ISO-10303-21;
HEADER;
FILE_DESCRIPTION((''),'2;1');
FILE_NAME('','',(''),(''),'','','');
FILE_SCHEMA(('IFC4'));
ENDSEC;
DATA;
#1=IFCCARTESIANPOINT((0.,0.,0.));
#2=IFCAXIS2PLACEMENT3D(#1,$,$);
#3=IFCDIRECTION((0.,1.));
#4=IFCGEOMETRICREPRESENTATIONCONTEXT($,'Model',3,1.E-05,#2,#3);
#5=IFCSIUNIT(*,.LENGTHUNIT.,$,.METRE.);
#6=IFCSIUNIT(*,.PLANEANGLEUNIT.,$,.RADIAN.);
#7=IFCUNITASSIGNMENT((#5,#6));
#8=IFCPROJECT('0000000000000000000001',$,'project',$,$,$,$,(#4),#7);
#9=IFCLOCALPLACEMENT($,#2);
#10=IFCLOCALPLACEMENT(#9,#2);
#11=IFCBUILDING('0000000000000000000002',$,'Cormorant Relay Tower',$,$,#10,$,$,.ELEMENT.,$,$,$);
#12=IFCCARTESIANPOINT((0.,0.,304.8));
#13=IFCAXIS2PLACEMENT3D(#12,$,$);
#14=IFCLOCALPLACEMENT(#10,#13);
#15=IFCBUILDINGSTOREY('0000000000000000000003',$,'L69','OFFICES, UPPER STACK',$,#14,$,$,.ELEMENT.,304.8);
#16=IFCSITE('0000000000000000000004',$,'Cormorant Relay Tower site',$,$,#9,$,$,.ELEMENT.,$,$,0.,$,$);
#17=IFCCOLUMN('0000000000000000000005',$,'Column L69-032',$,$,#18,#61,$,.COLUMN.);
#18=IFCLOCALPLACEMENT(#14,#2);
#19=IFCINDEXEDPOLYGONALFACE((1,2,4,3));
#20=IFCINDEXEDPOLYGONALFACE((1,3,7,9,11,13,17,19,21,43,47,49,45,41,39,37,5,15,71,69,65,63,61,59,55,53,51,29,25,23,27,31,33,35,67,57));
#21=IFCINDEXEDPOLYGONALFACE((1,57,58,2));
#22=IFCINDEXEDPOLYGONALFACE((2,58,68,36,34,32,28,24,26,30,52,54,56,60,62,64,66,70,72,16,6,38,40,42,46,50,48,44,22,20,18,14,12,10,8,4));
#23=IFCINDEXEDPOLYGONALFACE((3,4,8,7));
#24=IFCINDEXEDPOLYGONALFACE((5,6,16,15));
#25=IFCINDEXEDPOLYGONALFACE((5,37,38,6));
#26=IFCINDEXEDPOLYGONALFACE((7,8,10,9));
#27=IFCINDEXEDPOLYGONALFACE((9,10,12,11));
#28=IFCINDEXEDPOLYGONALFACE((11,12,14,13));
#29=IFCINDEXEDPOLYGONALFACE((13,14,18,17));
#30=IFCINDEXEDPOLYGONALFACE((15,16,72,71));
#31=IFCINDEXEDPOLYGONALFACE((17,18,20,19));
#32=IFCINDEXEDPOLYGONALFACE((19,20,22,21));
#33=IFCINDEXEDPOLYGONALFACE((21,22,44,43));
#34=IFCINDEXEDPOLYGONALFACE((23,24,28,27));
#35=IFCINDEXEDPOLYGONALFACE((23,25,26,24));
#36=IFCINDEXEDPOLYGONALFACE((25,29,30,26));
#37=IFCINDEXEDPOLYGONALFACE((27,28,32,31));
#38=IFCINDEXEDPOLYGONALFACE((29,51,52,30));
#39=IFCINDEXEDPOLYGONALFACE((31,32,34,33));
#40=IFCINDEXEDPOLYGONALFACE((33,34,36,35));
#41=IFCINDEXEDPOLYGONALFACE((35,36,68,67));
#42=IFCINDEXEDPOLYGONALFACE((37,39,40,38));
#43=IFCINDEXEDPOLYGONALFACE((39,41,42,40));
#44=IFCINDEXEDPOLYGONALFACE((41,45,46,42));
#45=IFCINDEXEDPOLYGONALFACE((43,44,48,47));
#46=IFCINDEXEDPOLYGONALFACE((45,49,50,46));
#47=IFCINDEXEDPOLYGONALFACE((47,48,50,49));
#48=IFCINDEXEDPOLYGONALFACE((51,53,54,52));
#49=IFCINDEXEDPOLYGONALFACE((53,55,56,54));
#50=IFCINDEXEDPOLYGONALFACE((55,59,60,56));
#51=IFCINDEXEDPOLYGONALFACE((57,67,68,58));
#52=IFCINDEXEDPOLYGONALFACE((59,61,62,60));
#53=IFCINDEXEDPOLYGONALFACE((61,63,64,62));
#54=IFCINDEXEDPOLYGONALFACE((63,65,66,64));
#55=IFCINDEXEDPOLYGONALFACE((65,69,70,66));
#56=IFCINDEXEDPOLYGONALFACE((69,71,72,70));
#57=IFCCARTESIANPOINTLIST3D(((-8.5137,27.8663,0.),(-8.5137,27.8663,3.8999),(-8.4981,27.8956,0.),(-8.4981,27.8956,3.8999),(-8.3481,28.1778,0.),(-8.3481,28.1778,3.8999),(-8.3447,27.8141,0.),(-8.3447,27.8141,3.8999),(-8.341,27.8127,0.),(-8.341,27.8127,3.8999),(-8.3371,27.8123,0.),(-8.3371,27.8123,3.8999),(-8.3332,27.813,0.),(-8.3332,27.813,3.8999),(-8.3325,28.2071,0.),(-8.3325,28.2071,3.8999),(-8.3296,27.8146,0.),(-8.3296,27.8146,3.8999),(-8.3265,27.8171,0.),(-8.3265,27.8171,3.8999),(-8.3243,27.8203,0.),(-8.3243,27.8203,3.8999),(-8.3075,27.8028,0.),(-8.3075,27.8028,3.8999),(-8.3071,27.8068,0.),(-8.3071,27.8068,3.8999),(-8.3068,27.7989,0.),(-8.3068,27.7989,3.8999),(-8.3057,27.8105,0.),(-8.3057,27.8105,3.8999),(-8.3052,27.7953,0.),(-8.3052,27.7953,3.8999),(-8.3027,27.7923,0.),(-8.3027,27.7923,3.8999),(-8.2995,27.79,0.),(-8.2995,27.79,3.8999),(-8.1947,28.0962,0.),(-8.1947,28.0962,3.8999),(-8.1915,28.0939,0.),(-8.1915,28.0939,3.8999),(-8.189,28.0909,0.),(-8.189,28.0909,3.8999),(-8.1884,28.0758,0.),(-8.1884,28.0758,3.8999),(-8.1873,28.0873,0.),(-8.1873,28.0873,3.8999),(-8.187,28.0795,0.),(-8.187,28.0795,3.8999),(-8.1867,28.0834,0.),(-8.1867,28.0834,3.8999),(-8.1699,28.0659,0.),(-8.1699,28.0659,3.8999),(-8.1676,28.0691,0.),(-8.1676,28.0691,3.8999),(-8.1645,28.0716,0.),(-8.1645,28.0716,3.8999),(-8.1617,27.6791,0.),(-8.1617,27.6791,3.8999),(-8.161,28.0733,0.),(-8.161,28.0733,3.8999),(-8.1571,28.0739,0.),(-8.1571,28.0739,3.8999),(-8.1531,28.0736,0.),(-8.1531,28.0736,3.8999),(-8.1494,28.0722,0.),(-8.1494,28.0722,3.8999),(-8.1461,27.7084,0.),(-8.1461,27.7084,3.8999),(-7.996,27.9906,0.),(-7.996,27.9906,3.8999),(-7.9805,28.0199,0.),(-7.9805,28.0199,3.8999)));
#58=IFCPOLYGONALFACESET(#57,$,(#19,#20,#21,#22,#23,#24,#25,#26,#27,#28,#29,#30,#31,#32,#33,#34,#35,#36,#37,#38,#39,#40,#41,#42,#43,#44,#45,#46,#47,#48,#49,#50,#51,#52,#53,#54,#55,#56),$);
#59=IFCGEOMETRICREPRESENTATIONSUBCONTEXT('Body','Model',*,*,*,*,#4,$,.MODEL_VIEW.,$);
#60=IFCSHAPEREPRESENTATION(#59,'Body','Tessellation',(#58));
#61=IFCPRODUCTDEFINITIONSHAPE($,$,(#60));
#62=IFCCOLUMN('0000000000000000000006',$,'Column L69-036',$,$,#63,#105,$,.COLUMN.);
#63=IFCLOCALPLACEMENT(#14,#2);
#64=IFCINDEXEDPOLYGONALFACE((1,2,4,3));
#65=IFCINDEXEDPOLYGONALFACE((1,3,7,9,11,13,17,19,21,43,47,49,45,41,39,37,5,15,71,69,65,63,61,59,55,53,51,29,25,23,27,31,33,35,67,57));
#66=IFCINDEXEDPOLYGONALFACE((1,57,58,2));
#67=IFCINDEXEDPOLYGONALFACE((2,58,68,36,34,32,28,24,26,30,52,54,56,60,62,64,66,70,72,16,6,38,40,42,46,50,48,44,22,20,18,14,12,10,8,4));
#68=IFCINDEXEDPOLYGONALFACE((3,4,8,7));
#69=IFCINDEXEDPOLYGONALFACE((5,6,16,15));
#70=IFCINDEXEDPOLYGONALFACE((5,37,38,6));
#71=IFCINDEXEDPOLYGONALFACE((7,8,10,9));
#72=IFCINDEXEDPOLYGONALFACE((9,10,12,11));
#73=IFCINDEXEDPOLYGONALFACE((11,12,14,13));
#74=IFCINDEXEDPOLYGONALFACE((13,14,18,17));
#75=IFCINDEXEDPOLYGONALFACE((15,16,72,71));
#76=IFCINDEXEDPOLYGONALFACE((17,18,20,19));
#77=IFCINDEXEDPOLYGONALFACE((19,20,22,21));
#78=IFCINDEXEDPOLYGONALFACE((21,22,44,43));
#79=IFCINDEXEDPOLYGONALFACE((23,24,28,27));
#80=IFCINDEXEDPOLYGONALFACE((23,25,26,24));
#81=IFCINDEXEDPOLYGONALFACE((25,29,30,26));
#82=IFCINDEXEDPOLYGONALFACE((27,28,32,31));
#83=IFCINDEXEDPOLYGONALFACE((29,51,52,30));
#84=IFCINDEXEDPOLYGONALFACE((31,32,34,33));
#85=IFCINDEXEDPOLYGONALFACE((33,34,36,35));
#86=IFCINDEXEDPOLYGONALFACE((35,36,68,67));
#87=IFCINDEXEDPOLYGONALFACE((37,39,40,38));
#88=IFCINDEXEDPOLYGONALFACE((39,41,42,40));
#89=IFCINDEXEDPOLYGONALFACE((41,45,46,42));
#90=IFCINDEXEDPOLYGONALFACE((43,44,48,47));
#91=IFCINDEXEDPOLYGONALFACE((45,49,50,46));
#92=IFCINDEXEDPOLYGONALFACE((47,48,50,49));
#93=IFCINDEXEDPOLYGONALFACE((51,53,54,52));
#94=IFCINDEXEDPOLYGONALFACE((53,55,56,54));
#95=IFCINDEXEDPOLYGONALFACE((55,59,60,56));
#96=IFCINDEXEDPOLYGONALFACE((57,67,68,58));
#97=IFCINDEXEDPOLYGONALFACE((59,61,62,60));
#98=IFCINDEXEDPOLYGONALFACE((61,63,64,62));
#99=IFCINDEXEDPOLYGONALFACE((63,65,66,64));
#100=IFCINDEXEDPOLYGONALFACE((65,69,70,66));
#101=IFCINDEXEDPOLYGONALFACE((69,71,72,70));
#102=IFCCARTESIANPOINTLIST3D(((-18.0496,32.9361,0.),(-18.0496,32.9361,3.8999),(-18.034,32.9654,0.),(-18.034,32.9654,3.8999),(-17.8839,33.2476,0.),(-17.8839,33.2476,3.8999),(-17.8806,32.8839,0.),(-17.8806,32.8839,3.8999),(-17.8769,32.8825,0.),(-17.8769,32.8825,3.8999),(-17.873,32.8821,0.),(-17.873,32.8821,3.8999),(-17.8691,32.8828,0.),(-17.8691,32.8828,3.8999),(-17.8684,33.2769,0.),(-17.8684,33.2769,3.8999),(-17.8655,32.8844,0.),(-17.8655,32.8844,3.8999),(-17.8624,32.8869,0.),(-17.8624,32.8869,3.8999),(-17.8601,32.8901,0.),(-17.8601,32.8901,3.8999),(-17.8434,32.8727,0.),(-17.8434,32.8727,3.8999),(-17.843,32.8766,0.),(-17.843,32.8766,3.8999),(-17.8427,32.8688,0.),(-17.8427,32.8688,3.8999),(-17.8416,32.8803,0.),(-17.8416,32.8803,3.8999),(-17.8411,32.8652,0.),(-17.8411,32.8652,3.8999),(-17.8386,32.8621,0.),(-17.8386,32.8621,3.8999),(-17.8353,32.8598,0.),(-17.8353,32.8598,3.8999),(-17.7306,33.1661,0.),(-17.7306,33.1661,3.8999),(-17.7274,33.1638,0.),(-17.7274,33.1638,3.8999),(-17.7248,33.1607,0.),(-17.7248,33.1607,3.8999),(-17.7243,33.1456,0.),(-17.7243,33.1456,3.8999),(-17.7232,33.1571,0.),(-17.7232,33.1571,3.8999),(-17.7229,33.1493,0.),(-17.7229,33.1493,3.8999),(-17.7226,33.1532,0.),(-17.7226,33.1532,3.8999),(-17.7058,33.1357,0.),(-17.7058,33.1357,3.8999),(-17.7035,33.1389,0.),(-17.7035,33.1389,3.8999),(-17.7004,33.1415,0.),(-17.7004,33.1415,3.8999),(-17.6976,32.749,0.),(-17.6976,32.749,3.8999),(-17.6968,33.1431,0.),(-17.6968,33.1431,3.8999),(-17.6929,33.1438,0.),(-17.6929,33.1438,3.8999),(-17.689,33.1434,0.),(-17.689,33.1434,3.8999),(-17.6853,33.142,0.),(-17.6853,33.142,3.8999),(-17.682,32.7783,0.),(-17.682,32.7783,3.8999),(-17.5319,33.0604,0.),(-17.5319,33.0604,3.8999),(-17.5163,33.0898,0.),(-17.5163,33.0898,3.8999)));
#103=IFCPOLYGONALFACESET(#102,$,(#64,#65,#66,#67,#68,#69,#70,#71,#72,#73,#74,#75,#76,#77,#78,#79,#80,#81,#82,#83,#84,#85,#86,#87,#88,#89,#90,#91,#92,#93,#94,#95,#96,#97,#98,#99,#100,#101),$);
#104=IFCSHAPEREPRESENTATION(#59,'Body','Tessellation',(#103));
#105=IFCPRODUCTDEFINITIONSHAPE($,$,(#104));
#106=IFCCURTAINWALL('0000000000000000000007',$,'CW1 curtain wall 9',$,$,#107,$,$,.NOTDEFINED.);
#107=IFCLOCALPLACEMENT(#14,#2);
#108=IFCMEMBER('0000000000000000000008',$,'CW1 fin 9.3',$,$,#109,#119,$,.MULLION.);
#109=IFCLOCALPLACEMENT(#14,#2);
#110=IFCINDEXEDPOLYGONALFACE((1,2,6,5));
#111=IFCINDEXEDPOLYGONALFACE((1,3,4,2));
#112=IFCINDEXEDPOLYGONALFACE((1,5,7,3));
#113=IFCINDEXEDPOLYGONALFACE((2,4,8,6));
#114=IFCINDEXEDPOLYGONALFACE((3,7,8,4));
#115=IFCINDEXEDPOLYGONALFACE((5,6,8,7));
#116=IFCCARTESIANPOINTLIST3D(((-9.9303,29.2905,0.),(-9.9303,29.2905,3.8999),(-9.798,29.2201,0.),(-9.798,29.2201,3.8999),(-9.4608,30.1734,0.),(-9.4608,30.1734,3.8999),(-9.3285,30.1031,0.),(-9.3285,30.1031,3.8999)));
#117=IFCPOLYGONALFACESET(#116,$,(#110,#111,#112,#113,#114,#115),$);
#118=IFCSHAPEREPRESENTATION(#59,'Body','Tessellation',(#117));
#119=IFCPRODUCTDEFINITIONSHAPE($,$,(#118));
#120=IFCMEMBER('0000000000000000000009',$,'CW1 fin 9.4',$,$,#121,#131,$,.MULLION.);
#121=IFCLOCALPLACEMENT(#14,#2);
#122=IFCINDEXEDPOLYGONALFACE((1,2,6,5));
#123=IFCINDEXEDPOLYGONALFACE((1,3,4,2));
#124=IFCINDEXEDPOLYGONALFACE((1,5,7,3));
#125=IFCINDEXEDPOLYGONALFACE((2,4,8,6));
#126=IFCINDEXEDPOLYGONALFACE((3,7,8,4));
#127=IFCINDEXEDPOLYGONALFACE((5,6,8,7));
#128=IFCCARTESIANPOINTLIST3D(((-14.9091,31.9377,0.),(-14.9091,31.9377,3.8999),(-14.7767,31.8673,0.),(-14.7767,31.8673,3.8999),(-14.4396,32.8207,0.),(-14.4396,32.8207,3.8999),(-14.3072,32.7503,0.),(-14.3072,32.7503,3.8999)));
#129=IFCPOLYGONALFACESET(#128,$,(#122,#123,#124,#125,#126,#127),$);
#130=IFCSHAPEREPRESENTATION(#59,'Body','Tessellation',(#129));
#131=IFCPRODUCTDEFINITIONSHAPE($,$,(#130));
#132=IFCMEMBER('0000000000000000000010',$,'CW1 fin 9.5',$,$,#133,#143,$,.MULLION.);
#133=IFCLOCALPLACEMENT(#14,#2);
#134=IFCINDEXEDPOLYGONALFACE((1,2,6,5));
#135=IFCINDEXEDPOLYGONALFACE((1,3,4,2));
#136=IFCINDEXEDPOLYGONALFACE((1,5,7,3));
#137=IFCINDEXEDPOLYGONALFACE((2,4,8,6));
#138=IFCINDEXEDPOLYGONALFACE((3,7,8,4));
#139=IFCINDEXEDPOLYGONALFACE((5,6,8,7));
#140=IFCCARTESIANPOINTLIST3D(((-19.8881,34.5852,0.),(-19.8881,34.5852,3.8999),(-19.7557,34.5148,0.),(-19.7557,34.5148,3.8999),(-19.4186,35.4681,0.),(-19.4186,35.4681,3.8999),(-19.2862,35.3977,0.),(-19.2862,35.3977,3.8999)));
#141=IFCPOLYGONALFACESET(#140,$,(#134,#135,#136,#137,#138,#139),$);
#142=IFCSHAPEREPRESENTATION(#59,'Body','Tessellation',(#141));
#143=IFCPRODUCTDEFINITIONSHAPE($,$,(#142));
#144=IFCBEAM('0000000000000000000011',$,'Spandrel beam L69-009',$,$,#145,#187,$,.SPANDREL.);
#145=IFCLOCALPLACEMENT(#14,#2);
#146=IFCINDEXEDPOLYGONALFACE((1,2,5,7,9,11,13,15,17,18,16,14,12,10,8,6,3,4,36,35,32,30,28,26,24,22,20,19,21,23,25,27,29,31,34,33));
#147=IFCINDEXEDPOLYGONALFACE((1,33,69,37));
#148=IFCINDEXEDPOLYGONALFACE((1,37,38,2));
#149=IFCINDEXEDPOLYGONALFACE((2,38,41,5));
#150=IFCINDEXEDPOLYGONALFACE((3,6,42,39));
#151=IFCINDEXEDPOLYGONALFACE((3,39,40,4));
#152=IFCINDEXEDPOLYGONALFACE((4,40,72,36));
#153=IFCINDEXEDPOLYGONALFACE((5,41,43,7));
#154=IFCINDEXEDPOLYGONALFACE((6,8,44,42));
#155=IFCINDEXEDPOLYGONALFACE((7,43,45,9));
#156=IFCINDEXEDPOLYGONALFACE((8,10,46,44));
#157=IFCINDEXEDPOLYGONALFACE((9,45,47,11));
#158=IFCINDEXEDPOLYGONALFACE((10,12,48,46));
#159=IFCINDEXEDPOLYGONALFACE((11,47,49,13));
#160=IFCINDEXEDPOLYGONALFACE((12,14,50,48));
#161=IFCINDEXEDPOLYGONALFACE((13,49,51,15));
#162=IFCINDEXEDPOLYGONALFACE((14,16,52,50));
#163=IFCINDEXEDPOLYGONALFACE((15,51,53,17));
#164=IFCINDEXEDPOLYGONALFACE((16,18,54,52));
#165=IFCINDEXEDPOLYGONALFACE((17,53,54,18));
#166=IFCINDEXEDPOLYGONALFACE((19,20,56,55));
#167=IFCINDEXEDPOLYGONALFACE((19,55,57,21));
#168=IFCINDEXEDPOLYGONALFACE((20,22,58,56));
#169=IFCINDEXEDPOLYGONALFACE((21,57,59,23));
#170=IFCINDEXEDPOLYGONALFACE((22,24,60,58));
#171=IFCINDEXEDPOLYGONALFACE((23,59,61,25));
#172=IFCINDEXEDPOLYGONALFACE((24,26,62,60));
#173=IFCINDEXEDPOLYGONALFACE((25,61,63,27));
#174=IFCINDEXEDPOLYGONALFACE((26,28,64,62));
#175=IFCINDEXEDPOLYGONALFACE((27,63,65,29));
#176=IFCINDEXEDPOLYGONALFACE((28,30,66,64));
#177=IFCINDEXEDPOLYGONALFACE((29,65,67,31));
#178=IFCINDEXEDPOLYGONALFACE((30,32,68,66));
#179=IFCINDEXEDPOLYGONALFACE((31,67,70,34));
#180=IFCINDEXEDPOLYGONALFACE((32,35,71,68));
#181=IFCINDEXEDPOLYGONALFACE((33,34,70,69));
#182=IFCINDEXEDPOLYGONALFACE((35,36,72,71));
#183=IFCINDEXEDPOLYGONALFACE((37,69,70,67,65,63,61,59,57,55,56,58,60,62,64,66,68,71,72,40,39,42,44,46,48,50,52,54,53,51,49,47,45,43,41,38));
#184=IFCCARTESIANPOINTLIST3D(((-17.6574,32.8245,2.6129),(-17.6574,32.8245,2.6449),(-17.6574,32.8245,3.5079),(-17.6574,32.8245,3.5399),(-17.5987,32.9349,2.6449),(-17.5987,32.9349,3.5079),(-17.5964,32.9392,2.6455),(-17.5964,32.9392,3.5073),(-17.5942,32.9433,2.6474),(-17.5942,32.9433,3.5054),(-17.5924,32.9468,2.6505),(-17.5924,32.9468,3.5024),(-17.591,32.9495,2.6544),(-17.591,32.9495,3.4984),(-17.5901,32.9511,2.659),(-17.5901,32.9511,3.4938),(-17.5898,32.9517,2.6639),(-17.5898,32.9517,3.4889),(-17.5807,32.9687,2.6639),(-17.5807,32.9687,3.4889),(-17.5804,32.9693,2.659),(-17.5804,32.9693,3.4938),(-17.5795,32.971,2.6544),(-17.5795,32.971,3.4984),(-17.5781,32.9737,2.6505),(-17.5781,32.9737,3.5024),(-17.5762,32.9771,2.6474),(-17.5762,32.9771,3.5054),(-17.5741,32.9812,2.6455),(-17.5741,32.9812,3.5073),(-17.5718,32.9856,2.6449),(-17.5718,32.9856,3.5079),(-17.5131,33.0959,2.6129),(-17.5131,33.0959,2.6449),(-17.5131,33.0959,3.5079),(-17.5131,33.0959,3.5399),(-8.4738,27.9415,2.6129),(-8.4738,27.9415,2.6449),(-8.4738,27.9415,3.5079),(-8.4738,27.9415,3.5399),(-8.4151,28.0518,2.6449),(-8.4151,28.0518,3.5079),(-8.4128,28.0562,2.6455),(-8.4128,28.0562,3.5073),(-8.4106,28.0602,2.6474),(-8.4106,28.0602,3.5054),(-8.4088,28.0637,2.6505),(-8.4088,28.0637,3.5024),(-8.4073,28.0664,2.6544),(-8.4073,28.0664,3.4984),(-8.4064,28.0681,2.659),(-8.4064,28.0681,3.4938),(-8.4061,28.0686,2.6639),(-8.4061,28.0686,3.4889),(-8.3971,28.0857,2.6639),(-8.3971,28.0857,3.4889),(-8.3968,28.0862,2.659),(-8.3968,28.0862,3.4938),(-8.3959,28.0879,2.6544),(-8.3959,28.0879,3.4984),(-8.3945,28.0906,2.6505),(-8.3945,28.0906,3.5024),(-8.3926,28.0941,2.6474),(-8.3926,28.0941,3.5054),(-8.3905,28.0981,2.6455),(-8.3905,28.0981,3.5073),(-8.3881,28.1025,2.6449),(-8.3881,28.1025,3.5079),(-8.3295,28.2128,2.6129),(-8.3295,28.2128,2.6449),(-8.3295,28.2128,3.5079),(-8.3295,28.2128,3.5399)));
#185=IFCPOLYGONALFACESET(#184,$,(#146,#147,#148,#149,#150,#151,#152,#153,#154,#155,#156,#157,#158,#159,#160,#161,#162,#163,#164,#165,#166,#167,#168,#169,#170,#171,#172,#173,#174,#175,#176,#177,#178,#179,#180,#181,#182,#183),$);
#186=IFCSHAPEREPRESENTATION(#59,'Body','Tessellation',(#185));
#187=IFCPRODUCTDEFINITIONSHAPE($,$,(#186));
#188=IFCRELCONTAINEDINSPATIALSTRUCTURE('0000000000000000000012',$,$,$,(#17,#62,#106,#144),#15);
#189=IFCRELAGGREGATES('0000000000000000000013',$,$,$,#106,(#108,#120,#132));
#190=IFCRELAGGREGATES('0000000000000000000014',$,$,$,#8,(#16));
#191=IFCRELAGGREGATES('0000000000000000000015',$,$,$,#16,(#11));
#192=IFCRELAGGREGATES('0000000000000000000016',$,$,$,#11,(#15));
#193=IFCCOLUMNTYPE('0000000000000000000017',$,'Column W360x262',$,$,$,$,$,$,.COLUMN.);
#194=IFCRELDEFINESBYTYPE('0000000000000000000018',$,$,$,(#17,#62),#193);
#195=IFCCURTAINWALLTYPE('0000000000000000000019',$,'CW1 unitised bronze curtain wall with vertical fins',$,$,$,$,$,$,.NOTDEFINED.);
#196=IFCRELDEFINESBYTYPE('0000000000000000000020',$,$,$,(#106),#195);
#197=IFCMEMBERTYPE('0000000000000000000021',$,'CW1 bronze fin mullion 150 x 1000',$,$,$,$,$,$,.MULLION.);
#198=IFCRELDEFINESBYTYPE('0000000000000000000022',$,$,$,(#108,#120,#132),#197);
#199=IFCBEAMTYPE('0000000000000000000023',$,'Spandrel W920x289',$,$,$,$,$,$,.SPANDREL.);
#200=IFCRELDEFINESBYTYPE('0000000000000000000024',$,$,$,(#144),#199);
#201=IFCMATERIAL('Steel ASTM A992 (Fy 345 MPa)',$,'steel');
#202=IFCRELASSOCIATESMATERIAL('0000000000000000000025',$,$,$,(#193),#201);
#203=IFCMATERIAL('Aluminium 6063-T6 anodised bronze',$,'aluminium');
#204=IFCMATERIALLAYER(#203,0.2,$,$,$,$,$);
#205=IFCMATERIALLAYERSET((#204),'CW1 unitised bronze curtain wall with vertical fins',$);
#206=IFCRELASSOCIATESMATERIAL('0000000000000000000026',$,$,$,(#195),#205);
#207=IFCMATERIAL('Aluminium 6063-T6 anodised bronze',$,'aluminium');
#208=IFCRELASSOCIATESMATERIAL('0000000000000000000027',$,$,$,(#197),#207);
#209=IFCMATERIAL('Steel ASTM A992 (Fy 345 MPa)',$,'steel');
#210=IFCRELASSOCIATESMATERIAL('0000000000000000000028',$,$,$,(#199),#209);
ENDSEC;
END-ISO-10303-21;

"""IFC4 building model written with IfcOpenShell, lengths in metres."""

from ifc_helpers import new_model, si_unit, direction, frame, origin, origin_2d, place, context, subcontext, project, spatial, rectangle, i_section, extrude, material, layer, layer_set, material_profile, profile_set, type_object, element, aggregate, save


model = new_model("IFC4")

# Units and contexts
model_context = context("Model", 3, precision=1e-05, world=origin(), true_north=direction((0.0, 1.0)))
body_context = subcontext(model_context, "Body", "Model", "MODEL_VIEW")
ifc_project = project(units=[si_unit("LENGTHUNIT", "METRE"), si_unit("PLANEANGLEUNIT", "RADIAN")], contexts=[model_context])

# Site, building, storey
site_placement = place(None, origin())
site = spatial("IfcSite", under=ifc_project, at=site_placement, Name="Cormorant Relay Tower site", CompositionType="ELEMENT", RefElevation=0.0)
building_placement = place(site_placement, origin())
building = spatial("IfcBuilding", under=site, at=building_placement, Name="Cormorant Relay Tower", CompositionType="ELEMENT")
storey_placement = place(building_placement, frame((0.0, 0.0, 304.8)))
storey = spatial("IfcBuildingStorey", under=building, at=storey_placement, Name="L69", Description="OFFICES, UPPER STACK", CompositionType="ELEMENT", Elevation=304.8)

# Columns
ifc_material_1 = material(Name="Steel ASTM A992 (Fy 345 MPa)", Category="steel")
ifc_material_profile_1 = material_profile(ifc_material_1, i_section(OverallWidth=0.3987, OverallDepth=0.386, WebThickness=0.021, FlangeThickness=0.0332, FilletRadius=0.0151, at=origin_2d()), Name="W360x262")
ifc_profile_set_1 = profile_set([ifc_material_profile_1], Name="Steel ASTM A992 (Fy 345 MPa)")
column_type = type_object("IfcColumnType", Name="Column W360x262", PredefinedType="COLUMN", material=ifc_profile_set_1)
for number, where, z_axis, x_axis, name in (
    (1, (-8.2471, 27.9431, 0.0), (0.0, 0.0, 1.0), (-0.882948, 0.469472, 0.0), "Column L69-032"),
    (2, (-17.783, 33.0129, 0.0), (0.0, 0.0, 1.0), (-0.882948, 0.469472, 0.0), "Column L69-036"),
):
    element("IfcColumn", number, at=place(storey_placement, frame(where, z_axis=z_axis, x_axis=x_axis)), inside=storey, type_object=column_type, Name=name, PredefinedType="COLUMN", context=body_context, shape_type="SweptSolid", body=[
        extrude(i_section(OverallWidth=0.3987, OverallDepth=0.386, WebThickness=0.021, FlangeThickness=0.0332, FilletRadius=0.0151, at=origin_2d()), origin(), (0.0, 0.0, 1.0), 3.8999),
    ])

# Curtain wall, members
ifc_material_2 = material(Name="Aluminium 6063-T6 anodised bronze", Category="aluminium")
ifc_layer_1 = layer(ifc_material_2, 0.2)
ifc_layer_set_1 = layer_set([ifc_layer_1], Name="CW1 unitised bronze curtain wall with vertical fins")
curtain_wall_type = type_object("IfcCurtainWallType", Name="CW1 unitised bronze curtain wall with vertical fins", PredefinedType="NOTDEFINED", material=ifc_layer_set_1)
curtain_wall_placement = place(storey_placement, origin())
curtain_wall = element("IfcCurtainWall", 3, at=curtain_wall_placement, inside=storey, type_object=curtain_wall_type, Name="CW1 curtain wall 9", PredefinedType="NOTDEFINED")
ifc_material_3 = material(Name="Aluminium 6063-T6 anodised bronze", Category="aluminium")
ifc_material_profile_2 = material_profile(ifc_material_3, rectangle(XDim=0.1499, YDim=1.0, at=origin_2d()), Name="AL 150x1000")
ifc_profile_set_2 = profile_set([ifc_material_profile_2], Name="Aluminium 6063-T6 anodised bronze")
member_type = type_object("IfcMemberType", Name="CW1 bronze fin mullion 150 x 1000", PredefinedType="MULLION", material=ifc_profile_set_2)
member_1_placement = place(storey_placement, frame((-9.6294, 29.6968, 0.0), z_axis=(0.0, 0.0, 1.0), x_axis=(-0.882948, 0.469472, 0.0)))
member_1 = element("IfcMember", 4, at=member_1_placement, type_object=member_type, Name="CW1 fin 9.3", PredefinedType="MULLION", context=body_context, shape_type="SweptSolid", body=[
    extrude(rectangle(XDim=0.1499, YDim=1.0, at=origin_2d()), origin(), (0.0, 0.0, 1.0), 3.8999),
])
member_2_placement = place(storey_placement, frame((-14.6082, 32.344, 0.0), z_axis=(0.0, 0.0, 1.0), x_axis=(-0.882948, 0.469472, 0.0)))
member_2 = element("IfcMember", 5, at=member_2_placement, type_object=member_type, Name="CW1 fin 9.4", PredefinedType="MULLION", context=body_context, shape_type="SweptSolid", body=[
    extrude(rectangle(XDim=0.1499, YDim=1.0, at=origin_2d()), origin(), (0.0, 0.0, 1.0), 3.8999),
])
member_3_placement = place(storey_placement, frame((-19.5872, 34.9915, 0.0), z_axis=(0.0, 0.0, 1.0), x_axis=(-0.882948, 0.469472, 0.0)))
member_3 = element("IfcMember", 6, at=member_3_placement, type_object=member_type, Name="CW1 fin 9.5", PredefinedType="MULLION", context=body_context, shape_type="SweptSolid", body=[
    extrude(rectangle(XDim=0.1499, YDim=1.0, at=origin_2d()), origin(), (0.0, 0.0, 1.0), 3.8999),
])

# Beam
ifc_material_4 = material(Name="Steel ASTM A992 (Fy 345 MPa)", Category="steel")
ifc_material_profile_3 = material_profile(ifc_material_4, i_section(OverallWidth=0.3074, OverallDepth=0.927, WebThickness=0.0193, FlangeThickness=0.032, FilletRadius=0.019, at=origin_2d()), Name="W920x289")
ifc_profile_set_3 = profile_set([ifc_material_profile_3], Name="Steel ASTM A992 (Fy 345 MPa)")
beam_type_1 = type_object("IfcBeamType", Name="Spandrel W920x289", PredefinedType="SPANDREL", material=ifc_profile_set_3)
beam_1_placement = place(storey_placement, frame((-8.4016, 28.0771, 3.0764), z_axis=(-0.882945, 0.469476, 0.0), x_axis=(-0.469476, -0.882945, 0.0)))
element("IfcBeam", 7, at=beam_1_placement, inside=storey, type_object=beam_type_1, Name="Spandrel beam L69-009", PredefinedType="SPANDREL", context=body_context, shape_type="SweptSolid", body=[
    extrude(i_section(OverallWidth=0.3074, OverallDepth=0.927, WebThickness=0.0193, FlangeThickness=0.032, FilletRadius=0.019, at=origin_2d()), origin(), (0.0, 0.0, 1.0), 10.4011),
])

aggregate(curtain_wall, [member_1, member_2, member_3])

save(model, "model.ifc")
